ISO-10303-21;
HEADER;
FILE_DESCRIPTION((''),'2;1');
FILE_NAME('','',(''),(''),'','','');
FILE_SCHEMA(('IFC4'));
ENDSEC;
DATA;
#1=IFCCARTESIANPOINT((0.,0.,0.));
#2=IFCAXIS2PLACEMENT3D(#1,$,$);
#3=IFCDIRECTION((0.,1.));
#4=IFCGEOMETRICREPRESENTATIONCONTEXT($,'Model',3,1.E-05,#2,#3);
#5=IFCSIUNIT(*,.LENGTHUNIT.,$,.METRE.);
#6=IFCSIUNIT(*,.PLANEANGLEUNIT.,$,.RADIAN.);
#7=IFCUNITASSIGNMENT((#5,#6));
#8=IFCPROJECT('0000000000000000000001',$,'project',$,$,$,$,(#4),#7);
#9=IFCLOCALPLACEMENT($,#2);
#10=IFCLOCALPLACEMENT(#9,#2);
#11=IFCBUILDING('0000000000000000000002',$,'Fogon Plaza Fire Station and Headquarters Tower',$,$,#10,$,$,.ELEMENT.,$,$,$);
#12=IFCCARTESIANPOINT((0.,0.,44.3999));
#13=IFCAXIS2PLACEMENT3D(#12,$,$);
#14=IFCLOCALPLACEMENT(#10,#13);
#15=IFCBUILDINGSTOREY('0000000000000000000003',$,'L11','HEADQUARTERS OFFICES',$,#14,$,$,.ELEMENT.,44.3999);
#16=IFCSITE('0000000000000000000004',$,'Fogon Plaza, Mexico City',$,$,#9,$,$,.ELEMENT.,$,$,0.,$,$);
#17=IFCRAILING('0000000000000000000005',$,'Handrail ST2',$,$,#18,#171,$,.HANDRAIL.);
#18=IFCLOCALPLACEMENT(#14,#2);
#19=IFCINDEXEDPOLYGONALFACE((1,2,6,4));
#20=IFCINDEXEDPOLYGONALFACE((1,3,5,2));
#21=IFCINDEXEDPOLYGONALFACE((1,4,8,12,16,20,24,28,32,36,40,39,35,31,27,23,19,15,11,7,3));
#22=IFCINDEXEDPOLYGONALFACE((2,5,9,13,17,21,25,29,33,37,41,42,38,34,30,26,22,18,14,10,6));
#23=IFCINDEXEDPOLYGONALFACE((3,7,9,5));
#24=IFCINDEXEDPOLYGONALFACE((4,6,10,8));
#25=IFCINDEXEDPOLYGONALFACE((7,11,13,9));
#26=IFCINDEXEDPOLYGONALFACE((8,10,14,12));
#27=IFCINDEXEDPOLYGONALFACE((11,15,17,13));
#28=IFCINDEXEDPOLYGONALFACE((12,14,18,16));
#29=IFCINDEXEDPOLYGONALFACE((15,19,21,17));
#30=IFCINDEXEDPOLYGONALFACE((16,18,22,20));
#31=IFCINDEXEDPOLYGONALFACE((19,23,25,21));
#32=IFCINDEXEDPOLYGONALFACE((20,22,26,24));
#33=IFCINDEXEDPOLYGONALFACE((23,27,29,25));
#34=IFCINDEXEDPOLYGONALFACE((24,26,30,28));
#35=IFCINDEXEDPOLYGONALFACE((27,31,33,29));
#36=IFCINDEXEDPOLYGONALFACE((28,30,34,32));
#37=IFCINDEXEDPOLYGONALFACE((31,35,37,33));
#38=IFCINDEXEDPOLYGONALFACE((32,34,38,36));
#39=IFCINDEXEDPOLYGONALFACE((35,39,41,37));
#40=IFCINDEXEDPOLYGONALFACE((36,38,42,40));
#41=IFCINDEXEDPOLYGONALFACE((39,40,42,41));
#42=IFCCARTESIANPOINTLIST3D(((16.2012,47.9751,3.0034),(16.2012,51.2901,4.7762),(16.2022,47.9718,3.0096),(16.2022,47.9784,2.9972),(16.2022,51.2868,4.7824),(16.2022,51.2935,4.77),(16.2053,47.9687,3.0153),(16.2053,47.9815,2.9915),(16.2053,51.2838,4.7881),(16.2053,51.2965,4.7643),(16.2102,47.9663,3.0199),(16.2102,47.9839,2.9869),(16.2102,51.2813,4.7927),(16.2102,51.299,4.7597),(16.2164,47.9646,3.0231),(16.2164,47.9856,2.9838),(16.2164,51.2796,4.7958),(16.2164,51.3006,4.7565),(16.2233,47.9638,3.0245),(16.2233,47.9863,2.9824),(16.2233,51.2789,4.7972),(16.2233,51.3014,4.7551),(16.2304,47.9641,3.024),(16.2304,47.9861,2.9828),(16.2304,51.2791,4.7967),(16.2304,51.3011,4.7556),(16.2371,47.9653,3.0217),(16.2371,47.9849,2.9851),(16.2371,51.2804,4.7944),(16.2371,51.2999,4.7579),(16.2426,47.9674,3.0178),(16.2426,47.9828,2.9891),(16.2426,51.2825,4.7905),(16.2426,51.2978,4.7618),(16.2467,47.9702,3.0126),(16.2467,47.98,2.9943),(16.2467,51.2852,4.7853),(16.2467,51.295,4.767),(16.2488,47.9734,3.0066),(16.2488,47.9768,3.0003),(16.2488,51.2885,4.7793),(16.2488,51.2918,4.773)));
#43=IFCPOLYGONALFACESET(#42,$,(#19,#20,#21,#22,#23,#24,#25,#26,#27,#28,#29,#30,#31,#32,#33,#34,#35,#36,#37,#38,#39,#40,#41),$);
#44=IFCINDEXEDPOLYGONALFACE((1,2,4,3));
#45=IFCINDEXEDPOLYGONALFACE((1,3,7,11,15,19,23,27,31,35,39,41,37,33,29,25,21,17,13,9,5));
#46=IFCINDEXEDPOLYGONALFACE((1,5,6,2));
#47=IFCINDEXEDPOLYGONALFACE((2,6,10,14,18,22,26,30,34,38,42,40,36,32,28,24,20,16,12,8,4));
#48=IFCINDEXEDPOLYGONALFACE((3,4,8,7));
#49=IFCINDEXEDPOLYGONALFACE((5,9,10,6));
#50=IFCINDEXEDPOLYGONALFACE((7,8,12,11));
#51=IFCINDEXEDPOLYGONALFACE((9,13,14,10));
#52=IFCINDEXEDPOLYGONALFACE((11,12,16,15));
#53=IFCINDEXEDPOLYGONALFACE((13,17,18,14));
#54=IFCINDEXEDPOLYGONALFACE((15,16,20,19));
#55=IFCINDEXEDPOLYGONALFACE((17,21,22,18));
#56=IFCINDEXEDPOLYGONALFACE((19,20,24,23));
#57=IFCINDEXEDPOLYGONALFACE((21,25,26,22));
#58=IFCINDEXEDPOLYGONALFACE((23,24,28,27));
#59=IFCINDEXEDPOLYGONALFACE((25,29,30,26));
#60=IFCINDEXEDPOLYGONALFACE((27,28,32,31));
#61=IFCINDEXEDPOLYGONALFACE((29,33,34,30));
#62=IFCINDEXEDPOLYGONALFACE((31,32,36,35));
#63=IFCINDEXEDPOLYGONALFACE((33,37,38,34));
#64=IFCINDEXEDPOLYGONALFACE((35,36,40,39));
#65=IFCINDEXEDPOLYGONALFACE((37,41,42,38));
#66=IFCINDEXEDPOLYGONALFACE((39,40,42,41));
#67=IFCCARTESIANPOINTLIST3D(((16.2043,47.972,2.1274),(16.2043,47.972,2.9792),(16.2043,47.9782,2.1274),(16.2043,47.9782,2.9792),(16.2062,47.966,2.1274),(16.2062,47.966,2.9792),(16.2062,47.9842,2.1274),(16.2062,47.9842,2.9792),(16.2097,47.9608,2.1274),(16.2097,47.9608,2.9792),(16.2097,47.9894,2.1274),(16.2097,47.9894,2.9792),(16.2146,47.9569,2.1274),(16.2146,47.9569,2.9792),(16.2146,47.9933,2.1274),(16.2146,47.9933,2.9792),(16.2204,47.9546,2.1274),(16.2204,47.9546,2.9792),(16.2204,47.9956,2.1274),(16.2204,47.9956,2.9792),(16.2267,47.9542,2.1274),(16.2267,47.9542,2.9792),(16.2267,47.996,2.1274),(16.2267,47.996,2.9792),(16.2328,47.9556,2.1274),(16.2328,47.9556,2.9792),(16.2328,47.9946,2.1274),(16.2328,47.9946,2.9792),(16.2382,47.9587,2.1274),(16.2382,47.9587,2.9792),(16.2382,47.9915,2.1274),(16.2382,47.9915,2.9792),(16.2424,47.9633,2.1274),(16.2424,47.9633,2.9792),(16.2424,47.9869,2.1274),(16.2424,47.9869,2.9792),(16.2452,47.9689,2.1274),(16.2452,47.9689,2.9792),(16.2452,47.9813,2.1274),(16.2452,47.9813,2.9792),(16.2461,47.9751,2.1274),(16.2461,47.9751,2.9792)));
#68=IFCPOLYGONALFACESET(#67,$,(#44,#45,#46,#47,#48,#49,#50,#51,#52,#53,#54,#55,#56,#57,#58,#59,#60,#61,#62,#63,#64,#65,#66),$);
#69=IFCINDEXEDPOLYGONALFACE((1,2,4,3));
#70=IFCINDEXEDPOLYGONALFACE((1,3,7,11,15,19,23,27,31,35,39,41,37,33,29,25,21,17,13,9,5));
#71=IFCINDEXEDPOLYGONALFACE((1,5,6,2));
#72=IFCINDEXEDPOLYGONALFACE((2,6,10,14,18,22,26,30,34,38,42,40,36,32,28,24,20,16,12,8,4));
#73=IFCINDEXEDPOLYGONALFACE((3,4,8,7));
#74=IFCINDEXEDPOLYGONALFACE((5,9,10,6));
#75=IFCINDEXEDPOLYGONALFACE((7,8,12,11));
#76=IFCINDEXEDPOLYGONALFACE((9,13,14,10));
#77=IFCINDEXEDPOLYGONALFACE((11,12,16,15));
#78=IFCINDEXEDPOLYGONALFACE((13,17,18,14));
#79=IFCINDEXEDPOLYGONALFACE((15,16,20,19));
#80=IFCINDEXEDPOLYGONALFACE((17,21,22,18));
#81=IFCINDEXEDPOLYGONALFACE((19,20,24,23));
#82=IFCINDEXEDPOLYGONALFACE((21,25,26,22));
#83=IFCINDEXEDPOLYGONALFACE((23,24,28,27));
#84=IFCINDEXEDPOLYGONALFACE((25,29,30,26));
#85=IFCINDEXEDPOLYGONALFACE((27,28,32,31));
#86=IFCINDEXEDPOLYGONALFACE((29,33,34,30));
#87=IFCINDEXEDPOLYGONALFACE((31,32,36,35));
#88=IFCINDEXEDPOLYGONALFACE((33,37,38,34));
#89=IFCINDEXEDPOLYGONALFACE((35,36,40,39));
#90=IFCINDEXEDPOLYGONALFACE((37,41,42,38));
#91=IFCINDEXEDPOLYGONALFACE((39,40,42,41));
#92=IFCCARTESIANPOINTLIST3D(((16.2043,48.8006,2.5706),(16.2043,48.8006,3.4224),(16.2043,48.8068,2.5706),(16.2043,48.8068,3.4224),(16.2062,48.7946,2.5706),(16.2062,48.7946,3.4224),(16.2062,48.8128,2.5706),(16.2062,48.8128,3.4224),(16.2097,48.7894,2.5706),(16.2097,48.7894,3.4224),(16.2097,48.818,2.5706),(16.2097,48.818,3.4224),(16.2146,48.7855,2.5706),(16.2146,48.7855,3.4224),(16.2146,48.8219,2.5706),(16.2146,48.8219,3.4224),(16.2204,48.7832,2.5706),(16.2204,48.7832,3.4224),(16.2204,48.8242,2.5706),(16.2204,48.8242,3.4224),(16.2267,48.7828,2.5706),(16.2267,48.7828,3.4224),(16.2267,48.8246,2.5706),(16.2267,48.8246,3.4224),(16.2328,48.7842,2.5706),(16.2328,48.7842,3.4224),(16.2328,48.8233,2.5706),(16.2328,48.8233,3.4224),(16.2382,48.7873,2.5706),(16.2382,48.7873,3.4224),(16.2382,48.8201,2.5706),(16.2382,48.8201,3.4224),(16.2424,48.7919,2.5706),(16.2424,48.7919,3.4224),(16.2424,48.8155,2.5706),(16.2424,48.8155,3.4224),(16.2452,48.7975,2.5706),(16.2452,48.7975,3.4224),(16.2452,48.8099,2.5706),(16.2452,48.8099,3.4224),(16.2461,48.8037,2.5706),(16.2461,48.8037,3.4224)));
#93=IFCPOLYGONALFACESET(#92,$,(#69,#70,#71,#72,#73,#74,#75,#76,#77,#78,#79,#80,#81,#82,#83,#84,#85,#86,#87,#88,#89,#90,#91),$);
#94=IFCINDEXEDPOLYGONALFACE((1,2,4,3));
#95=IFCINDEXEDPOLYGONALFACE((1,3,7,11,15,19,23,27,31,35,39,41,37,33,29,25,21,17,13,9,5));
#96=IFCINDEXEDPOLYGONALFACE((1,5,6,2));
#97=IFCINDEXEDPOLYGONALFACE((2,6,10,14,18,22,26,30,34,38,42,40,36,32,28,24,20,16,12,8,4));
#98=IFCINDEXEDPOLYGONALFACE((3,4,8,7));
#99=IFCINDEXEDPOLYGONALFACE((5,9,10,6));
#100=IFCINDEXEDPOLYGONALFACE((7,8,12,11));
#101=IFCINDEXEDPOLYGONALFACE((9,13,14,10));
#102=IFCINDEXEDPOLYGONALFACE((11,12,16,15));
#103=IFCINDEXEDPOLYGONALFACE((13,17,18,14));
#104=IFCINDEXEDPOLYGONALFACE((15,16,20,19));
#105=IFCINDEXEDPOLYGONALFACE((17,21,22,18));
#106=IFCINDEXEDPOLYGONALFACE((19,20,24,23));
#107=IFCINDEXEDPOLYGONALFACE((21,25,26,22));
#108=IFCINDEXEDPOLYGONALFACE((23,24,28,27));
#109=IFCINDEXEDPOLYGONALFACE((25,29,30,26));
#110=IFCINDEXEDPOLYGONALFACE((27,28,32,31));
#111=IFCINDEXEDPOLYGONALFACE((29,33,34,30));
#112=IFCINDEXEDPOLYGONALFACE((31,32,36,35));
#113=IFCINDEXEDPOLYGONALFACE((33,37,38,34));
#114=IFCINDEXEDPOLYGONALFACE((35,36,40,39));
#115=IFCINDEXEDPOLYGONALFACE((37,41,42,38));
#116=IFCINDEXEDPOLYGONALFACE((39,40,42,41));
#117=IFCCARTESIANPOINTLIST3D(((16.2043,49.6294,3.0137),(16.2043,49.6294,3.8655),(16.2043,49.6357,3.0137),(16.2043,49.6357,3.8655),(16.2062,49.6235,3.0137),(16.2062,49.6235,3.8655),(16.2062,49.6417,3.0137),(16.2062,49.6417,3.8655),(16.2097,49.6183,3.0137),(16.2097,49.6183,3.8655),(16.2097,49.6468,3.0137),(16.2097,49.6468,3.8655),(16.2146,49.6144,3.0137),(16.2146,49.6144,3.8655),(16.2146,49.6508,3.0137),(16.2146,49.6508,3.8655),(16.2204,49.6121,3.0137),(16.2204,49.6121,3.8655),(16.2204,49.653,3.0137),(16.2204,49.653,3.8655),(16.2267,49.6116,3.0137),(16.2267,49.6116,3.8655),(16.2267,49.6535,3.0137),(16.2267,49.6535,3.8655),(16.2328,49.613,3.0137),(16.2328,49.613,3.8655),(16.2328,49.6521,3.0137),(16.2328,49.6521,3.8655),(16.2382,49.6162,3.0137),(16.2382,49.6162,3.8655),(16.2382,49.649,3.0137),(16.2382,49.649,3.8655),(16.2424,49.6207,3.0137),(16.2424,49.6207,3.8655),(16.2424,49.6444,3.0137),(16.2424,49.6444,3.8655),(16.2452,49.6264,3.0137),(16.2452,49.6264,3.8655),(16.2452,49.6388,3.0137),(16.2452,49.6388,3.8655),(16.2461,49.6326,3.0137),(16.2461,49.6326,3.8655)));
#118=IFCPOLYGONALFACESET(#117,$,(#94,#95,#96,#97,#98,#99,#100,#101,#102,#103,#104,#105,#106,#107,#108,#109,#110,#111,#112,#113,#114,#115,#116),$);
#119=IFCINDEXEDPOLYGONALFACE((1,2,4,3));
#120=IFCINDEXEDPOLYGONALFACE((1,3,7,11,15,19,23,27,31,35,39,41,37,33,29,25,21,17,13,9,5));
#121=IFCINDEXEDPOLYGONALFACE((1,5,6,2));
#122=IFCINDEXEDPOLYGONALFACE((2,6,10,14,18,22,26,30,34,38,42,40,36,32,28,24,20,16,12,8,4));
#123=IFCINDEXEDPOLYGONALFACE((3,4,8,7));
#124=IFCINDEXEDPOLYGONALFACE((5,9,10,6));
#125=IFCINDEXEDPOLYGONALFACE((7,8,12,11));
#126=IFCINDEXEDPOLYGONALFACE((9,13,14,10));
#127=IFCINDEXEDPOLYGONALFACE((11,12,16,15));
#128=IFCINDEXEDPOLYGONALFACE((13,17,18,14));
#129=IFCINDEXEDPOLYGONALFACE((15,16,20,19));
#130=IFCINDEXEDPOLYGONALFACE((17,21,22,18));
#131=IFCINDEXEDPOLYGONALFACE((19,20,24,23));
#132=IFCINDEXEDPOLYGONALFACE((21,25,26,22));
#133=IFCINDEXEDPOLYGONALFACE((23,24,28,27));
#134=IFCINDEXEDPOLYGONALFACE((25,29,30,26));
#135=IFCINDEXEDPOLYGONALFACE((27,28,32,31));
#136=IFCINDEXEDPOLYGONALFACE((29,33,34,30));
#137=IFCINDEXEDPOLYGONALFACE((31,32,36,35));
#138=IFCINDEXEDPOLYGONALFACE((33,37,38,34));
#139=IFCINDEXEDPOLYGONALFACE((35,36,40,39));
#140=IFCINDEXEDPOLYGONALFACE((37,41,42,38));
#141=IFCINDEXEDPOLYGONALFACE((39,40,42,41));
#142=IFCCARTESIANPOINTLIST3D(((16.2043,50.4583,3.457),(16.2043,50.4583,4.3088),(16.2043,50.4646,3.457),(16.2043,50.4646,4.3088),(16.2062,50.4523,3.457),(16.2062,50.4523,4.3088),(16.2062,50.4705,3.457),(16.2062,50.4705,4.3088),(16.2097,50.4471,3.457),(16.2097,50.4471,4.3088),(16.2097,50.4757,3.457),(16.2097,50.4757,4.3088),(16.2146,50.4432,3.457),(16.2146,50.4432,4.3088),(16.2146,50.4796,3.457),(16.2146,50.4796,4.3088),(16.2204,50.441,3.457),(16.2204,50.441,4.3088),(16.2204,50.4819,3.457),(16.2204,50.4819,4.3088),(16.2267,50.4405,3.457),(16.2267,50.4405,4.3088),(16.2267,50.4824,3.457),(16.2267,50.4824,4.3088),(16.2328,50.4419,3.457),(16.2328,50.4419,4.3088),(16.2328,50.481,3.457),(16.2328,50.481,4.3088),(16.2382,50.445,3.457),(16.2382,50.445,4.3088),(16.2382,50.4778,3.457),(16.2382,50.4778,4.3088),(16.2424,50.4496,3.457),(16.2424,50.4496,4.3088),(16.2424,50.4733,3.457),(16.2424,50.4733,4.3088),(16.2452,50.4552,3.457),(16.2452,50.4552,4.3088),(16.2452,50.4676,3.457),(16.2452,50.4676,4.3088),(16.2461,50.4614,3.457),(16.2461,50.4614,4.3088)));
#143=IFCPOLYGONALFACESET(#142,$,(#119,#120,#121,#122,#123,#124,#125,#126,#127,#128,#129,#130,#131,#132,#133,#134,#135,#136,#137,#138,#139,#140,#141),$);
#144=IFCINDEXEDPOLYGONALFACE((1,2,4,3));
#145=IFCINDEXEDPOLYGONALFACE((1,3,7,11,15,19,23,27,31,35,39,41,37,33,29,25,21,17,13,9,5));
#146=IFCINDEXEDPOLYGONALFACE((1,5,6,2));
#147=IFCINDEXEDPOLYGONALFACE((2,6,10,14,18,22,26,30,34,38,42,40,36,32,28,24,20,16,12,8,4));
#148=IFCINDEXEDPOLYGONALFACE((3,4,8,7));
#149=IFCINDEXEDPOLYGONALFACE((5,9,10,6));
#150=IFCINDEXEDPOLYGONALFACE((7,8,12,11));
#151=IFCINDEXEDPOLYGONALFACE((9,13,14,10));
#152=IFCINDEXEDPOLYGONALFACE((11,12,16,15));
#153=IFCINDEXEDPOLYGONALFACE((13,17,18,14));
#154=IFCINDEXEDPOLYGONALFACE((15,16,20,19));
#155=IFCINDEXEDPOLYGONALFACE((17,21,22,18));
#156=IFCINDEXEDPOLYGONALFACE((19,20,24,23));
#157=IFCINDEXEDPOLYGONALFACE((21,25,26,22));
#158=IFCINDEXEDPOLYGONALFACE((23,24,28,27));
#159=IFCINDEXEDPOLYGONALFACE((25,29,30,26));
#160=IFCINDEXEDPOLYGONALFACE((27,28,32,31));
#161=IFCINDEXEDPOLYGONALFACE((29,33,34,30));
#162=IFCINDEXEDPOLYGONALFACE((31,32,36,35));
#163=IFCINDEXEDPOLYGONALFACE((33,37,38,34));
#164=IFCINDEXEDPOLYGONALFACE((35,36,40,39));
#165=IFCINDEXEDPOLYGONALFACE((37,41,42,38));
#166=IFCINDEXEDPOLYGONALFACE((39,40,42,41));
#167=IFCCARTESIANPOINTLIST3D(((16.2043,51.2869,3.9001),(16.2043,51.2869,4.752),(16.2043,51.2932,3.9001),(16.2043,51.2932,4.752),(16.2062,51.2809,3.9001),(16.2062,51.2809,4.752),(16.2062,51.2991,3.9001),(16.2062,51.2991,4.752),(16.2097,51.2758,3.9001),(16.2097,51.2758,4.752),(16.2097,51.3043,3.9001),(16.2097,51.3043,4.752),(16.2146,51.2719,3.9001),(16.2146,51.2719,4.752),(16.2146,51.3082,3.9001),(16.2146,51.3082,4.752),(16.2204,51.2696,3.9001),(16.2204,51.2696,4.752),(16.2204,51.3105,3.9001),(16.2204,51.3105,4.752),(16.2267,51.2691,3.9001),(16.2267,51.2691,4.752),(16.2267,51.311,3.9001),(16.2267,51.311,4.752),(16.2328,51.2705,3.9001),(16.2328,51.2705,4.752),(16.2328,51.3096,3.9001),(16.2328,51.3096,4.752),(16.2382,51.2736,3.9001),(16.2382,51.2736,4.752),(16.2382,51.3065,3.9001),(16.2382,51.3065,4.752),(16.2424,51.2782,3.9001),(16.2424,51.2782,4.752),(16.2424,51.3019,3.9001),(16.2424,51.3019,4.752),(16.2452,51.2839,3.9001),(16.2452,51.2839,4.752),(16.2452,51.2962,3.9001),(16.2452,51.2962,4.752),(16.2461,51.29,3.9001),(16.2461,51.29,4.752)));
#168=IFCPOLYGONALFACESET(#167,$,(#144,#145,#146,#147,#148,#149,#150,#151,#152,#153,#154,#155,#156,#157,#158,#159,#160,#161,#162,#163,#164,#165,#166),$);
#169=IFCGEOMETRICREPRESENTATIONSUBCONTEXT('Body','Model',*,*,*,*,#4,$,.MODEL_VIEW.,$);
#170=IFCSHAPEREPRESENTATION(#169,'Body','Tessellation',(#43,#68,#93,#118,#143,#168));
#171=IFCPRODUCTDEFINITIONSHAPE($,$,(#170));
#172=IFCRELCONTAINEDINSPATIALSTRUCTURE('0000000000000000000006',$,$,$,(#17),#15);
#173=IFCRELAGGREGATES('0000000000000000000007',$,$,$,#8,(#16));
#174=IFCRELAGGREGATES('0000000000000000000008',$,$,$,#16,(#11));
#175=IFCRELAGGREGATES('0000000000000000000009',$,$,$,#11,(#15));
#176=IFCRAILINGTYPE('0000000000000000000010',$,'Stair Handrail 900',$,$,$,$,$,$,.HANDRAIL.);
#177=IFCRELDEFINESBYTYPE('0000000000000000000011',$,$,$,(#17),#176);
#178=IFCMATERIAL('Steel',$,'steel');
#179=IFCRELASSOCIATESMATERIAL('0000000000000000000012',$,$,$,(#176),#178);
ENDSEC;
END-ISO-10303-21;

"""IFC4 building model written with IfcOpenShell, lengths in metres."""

from ifc_helpers import new_model, si_unit, direction, frame, origin, origin_2d, place, context, subcontext, project, spatial, circle, extrude, material, type_object, element, save


model = new_model("IFC4")

# Units and contexts
model_context = context("Model", 3, precision=1e-05, world=origin(), true_north=direction((0.0, 1.0)))
body_context = subcontext(model_context, "Body", "Model", "MODEL_VIEW")
ifc_project = project(units=[si_unit("LENGTHUNIT", "METRE"), si_unit("PLANEANGLEUNIT", "RADIAN")], contexts=[model_context])

# Site, building, storey
site_placement = place(None, origin())
site = spatial("IfcSite", under=ifc_project, at=site_placement, Name="Fogon Plaza, Mexico City", CompositionType="ELEMENT", RefElevation=0.0)
building_placement = place(site_placement, origin())
building = spatial("IfcBuilding", under=site, at=building_placement, Name="Fogon Plaza Fire Station and Headquarters Tower", CompositionType="ELEMENT")
storey_placement = place(building_placement, frame((0.0, 0.0, 44.3999)))
storey = spatial("IfcBuildingStorey", under=building, at=storey_placement, Name="L11", Description="HEADQUARTERS OFFICES", CompositionType="ELEMENT", Elevation=44.3999)

# Railing
ifc_material_1 = material(Name="Steel", Category="steel")
railing_type = type_object("IfcRailingType", Name="Stair Handrail 900", PredefinedType="HANDRAIL", material=ifc_material_1)
for number, where, name in (
    (1, (16.2251, 47.9751, 2.1274), "Handrail ST2"),
):
    element("IfcRailing", number, at=place(storey_placement, frame(where)), inside=storey, type_object=railing_type, Name=name, PredefinedType="HANDRAIL", context=body_context, shape_type="SweptSolid", body=[
        extrude(circle(Radius=0.0239, at=origin_2d()), frame((0.0, 0.0, 0.876), z_axis=(0.0, 0.881829, 0.471569), x_axis=(-1.0, 0.0, 0.0)), (0.0, 0.0, 1.0), 3.7593),
        extrude(circle(Radius=0.021, at=origin_2d()), origin(), (0.0, 0.0, 1.0), 0.8518),
        extrude(circle(Radius=0.021, at=origin_2d()), frame((0.0, 0.8286, 0.4431)), (0.0, 0.0, 1.0), 0.8518),
        extrude(circle(Radius=0.021, at=origin_2d()), frame((0.0, 1.6575, 0.8862)), (0.0, 0.0, 1.0), 0.8518),
        extrude(circle(Radius=0.021, at=origin_2d()), frame((0.0, 2.4863, 1.3296)), (0.0, 0.0, 1.0), 0.8518),
        extrude(circle(Radius=0.021, at=origin_2d()), frame((0.0, 3.3149, 1.7727)), (0.0, 0.0, 1.0), 0.8518),
    ])

save(model, "model.ifc")
